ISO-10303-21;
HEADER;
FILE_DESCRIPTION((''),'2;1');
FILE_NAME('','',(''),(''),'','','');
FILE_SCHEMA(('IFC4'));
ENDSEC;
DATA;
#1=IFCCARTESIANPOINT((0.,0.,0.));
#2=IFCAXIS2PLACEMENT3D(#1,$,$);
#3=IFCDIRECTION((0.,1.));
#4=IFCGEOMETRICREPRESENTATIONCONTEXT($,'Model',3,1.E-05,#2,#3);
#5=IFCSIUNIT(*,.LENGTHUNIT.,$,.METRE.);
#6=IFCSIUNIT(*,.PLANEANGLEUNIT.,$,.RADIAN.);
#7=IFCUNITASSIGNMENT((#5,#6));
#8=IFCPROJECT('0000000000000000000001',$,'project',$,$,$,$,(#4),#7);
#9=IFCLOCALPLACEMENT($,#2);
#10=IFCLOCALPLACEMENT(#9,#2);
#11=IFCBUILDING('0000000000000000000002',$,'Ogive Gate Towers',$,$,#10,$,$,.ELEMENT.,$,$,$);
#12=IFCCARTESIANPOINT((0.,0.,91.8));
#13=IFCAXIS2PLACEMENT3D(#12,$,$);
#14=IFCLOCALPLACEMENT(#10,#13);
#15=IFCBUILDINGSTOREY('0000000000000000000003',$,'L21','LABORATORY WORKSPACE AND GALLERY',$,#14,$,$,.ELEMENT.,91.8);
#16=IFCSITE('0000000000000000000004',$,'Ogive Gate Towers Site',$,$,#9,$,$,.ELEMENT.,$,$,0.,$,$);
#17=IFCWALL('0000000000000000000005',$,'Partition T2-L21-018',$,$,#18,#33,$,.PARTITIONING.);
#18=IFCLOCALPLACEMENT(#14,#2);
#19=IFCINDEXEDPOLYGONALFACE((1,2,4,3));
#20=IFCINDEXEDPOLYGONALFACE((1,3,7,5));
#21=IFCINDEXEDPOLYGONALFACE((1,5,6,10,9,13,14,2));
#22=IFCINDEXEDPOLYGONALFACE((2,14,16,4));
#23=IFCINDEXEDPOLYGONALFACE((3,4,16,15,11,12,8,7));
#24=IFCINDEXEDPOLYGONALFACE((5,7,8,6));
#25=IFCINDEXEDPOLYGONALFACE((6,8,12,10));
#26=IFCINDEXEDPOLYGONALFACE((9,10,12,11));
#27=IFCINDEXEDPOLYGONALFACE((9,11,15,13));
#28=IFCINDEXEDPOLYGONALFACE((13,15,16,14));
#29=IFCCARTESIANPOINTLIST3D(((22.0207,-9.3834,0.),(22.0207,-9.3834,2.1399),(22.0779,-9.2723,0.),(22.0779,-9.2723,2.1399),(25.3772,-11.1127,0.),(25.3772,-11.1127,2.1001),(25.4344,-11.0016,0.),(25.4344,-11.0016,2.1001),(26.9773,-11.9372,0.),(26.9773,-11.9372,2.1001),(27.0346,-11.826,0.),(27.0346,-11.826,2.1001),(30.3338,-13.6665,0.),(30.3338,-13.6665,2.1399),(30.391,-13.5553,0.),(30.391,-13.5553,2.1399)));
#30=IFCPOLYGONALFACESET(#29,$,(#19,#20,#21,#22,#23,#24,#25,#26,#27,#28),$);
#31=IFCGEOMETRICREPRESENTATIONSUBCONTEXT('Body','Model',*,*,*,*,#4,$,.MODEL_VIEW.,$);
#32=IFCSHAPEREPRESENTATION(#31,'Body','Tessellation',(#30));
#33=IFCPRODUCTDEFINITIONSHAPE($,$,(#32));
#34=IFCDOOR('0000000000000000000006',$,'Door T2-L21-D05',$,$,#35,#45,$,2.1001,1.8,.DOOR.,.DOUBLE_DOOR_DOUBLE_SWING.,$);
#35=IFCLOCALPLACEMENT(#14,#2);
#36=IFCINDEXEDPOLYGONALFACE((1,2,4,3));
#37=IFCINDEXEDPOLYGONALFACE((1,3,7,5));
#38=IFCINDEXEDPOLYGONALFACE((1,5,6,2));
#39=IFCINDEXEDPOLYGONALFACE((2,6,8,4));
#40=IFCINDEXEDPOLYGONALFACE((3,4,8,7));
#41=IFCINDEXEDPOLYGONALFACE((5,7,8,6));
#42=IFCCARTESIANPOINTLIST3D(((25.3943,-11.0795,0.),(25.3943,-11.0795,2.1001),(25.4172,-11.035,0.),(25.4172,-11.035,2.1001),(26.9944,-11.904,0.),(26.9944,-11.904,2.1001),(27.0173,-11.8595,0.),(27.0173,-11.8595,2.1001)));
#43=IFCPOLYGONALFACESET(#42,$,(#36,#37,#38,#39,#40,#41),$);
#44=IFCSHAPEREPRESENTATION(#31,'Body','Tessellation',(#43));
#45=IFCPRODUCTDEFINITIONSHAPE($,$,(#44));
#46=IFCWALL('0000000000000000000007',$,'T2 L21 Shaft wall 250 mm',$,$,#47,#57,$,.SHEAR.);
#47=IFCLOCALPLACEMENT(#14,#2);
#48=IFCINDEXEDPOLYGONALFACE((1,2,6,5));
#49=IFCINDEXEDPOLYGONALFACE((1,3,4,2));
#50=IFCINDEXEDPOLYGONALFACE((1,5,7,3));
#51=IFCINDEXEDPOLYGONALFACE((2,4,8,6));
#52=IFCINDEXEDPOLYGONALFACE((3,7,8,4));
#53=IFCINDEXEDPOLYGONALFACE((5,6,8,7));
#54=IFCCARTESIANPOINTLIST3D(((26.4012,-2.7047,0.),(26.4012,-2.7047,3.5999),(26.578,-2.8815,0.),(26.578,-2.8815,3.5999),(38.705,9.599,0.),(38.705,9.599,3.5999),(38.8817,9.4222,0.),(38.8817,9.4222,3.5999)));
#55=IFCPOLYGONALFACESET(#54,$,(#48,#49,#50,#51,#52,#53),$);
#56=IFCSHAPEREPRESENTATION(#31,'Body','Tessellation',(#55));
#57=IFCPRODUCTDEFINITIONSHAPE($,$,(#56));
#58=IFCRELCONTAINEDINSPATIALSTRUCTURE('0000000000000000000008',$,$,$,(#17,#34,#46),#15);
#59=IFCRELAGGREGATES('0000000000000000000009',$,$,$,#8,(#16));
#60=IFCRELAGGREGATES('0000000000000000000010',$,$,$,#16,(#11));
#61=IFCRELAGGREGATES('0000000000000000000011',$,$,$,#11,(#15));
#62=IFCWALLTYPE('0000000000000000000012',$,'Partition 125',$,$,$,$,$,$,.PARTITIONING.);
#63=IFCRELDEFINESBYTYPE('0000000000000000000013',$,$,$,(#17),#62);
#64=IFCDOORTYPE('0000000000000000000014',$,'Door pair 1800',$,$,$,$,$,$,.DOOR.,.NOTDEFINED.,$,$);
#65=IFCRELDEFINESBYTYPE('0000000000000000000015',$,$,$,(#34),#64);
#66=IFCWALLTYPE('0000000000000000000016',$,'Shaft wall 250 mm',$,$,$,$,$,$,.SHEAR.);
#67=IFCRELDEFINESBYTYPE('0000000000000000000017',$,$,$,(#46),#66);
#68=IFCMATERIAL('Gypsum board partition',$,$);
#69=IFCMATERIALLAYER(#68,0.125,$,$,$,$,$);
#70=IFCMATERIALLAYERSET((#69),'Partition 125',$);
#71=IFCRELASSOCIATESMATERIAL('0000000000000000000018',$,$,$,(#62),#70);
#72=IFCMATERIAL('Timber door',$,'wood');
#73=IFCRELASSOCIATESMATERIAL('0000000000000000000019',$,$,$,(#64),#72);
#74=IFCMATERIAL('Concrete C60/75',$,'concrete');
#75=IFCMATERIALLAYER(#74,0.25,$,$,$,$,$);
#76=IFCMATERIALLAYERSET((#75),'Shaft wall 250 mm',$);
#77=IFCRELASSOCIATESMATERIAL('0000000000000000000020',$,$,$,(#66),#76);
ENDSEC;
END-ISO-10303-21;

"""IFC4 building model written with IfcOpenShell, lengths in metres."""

from ifc_helpers import new_model, si_unit, direction, frame, frame_2d, origin, place, context, subcontext, project, spatial, rectangle, extrude, material, layer, layer_set, type_object, element, fill, save


model = new_model("IFC4")

# Units and contexts
model_context = context("Model", 3, precision=1e-05, world=origin(), true_north=direction((0.0, 1.0)))
body_context = subcontext(model_context, "Body", "Model", "MODEL_VIEW")
ifc_project = project(units=[si_unit("LENGTHUNIT", "METRE"), si_unit("PLANEANGLEUNIT", "RADIAN")], contexts=[model_context])

# Site, building, storey
site_placement = place(None, origin())
site = spatial("IfcSite", under=ifc_project, at=site_placement, Name="Ogive Gate Towers Site", CompositionType="ELEMENT", RefElevation=0.0)
building_placement = place(site_placement, origin())
building = spatial("IfcBuilding", under=site, at=building_placement, Name="Ogive Gate Towers", CompositionType="ELEMENT")
storey_placement = place(building_placement, frame((0.0, 0.0, 91.8)))
storey = spatial("IfcBuildingStorey", under=building, at=storey_placement, Name="L21", Description="LABORATORY WORKSPACE AND GALLERY", CompositionType="ELEMENT", Elevation=91.8)

# Shared definitions
ifc_material_1 = material(Name="Gypsum board partition")
ifc_layer_1 = layer(ifc_material_1, 0.125)
ifc_layer_set_1 = layer_set([ifc_layer_1], Name="Partition 125")
wall_type_1 = type_object("IfcWallType", Name="Partition 125", PredefinedType="PARTITIONING", material=ifc_layer_set_1)

# Wall, opening, door
wall_1_placement = place(storey_placement, frame((22.0493, -9.3279, 0.0), z_axis=(0.0, 0.0, 1.0), x_axis=(0.888952, -0.458, 0.0)))
wall_1 = element("IfcWall", 1, at=wall_1_placement, inside=storey, type_object=wall_type_1, Name="Partition T2-L21-018", PredefinedType="PARTITIONING", context=body_context, shape_type="SweptSolid", body=[
    extrude(rectangle(XDim=9.3516, YDim=0.125, at=frame_2d((4.6758, 0.0))), origin(), (0.0, 0.0, 1.0), 2.1399),
])
opening_placement = place(wall_1_placement, frame((3.7759, 0.0, 0.0)))
opening = element("IfcOpeningElement", 2, at=opening_placement, cuts=wall_1, PredefinedType="OPENING", context=body_context, shape_type="SweptSolid", body=[
    extrude(rectangle(XDim=1.8, YDim=2.1001, at=frame_2d((0.8999, 1.05))), frame((0.0, 0.0725, 0.0), z_axis=(0.0, -1.0, 0.0), x_axis=(1.0, 0.0, 0.0)), (0.0, 0.0, 1.0), 0.145),
])
ifc_material_2 = material(Name="Timber door", Category="wood")
door_type = type_object("IfcDoorType", Name="Door pair 1800", OperationType="NOTDEFINED", PredefinedType="DOOR", material=ifc_material_2)
door_placement = place(opening_placement, origin())
door = element("IfcDoor", 3, at=door_placement, inside=storey, type_object=door_type, Name="Door T2-L21-D05", OperationType="DOUBLE_DOOR_DOUBLE_SWING", OverallHeight=2.1001, OverallWidth=1.8, PredefinedType="DOOR", context=body_context, shape_type="SweptSolid", body=[
    extrude(rectangle(XDim=1.8, YDim=2.1001, at=frame_2d((0.8999, 1.05))), frame((0.0, 0.0249, 0.0), z_axis=(0.0, -1.0, 0.0), x_axis=(1.0, 0.0, 0.0)), (0.0, 0.0, 1.0), 0.05),
])
fill(opening, door)

# Wall
ifc_material_3 = material(Name="Concrete C60/75", Category="concrete")
ifc_layer_2 = layer(ifc_material_3, 0.25)
ifc_layer_set_2 = layer_set([ifc_layer_2], Name="Shaft wall 250 mm")
wall_type_2 = type_object("IfcWallType", Name="Shaft wall 250 mm", PredefinedType="SHEAR", material=ifc_layer_set_2)
wall_2_placement = place(storey_placement, frame((26.4895, -2.7932, 0.0), z_axis=(0.0, 0.0, 1.0), x_axis=(0.707107, 0.707107, 0.0)))
element("IfcWall", 4, at=wall_2_placement, inside=storey, type_object=wall_type_2, Name="T2 L21 Shaft wall 250 mm", PredefinedType="SHEAR", context=body_context, shape_type="SweptSolid", body=[
    extrude(rectangle(XDim=17.4001, YDim=0.25, at=frame_2d((8.7002, 0.0))), origin(), (0.0, 0.0, 1.0), 3.5999),
])

save(model, "model.ifc")
